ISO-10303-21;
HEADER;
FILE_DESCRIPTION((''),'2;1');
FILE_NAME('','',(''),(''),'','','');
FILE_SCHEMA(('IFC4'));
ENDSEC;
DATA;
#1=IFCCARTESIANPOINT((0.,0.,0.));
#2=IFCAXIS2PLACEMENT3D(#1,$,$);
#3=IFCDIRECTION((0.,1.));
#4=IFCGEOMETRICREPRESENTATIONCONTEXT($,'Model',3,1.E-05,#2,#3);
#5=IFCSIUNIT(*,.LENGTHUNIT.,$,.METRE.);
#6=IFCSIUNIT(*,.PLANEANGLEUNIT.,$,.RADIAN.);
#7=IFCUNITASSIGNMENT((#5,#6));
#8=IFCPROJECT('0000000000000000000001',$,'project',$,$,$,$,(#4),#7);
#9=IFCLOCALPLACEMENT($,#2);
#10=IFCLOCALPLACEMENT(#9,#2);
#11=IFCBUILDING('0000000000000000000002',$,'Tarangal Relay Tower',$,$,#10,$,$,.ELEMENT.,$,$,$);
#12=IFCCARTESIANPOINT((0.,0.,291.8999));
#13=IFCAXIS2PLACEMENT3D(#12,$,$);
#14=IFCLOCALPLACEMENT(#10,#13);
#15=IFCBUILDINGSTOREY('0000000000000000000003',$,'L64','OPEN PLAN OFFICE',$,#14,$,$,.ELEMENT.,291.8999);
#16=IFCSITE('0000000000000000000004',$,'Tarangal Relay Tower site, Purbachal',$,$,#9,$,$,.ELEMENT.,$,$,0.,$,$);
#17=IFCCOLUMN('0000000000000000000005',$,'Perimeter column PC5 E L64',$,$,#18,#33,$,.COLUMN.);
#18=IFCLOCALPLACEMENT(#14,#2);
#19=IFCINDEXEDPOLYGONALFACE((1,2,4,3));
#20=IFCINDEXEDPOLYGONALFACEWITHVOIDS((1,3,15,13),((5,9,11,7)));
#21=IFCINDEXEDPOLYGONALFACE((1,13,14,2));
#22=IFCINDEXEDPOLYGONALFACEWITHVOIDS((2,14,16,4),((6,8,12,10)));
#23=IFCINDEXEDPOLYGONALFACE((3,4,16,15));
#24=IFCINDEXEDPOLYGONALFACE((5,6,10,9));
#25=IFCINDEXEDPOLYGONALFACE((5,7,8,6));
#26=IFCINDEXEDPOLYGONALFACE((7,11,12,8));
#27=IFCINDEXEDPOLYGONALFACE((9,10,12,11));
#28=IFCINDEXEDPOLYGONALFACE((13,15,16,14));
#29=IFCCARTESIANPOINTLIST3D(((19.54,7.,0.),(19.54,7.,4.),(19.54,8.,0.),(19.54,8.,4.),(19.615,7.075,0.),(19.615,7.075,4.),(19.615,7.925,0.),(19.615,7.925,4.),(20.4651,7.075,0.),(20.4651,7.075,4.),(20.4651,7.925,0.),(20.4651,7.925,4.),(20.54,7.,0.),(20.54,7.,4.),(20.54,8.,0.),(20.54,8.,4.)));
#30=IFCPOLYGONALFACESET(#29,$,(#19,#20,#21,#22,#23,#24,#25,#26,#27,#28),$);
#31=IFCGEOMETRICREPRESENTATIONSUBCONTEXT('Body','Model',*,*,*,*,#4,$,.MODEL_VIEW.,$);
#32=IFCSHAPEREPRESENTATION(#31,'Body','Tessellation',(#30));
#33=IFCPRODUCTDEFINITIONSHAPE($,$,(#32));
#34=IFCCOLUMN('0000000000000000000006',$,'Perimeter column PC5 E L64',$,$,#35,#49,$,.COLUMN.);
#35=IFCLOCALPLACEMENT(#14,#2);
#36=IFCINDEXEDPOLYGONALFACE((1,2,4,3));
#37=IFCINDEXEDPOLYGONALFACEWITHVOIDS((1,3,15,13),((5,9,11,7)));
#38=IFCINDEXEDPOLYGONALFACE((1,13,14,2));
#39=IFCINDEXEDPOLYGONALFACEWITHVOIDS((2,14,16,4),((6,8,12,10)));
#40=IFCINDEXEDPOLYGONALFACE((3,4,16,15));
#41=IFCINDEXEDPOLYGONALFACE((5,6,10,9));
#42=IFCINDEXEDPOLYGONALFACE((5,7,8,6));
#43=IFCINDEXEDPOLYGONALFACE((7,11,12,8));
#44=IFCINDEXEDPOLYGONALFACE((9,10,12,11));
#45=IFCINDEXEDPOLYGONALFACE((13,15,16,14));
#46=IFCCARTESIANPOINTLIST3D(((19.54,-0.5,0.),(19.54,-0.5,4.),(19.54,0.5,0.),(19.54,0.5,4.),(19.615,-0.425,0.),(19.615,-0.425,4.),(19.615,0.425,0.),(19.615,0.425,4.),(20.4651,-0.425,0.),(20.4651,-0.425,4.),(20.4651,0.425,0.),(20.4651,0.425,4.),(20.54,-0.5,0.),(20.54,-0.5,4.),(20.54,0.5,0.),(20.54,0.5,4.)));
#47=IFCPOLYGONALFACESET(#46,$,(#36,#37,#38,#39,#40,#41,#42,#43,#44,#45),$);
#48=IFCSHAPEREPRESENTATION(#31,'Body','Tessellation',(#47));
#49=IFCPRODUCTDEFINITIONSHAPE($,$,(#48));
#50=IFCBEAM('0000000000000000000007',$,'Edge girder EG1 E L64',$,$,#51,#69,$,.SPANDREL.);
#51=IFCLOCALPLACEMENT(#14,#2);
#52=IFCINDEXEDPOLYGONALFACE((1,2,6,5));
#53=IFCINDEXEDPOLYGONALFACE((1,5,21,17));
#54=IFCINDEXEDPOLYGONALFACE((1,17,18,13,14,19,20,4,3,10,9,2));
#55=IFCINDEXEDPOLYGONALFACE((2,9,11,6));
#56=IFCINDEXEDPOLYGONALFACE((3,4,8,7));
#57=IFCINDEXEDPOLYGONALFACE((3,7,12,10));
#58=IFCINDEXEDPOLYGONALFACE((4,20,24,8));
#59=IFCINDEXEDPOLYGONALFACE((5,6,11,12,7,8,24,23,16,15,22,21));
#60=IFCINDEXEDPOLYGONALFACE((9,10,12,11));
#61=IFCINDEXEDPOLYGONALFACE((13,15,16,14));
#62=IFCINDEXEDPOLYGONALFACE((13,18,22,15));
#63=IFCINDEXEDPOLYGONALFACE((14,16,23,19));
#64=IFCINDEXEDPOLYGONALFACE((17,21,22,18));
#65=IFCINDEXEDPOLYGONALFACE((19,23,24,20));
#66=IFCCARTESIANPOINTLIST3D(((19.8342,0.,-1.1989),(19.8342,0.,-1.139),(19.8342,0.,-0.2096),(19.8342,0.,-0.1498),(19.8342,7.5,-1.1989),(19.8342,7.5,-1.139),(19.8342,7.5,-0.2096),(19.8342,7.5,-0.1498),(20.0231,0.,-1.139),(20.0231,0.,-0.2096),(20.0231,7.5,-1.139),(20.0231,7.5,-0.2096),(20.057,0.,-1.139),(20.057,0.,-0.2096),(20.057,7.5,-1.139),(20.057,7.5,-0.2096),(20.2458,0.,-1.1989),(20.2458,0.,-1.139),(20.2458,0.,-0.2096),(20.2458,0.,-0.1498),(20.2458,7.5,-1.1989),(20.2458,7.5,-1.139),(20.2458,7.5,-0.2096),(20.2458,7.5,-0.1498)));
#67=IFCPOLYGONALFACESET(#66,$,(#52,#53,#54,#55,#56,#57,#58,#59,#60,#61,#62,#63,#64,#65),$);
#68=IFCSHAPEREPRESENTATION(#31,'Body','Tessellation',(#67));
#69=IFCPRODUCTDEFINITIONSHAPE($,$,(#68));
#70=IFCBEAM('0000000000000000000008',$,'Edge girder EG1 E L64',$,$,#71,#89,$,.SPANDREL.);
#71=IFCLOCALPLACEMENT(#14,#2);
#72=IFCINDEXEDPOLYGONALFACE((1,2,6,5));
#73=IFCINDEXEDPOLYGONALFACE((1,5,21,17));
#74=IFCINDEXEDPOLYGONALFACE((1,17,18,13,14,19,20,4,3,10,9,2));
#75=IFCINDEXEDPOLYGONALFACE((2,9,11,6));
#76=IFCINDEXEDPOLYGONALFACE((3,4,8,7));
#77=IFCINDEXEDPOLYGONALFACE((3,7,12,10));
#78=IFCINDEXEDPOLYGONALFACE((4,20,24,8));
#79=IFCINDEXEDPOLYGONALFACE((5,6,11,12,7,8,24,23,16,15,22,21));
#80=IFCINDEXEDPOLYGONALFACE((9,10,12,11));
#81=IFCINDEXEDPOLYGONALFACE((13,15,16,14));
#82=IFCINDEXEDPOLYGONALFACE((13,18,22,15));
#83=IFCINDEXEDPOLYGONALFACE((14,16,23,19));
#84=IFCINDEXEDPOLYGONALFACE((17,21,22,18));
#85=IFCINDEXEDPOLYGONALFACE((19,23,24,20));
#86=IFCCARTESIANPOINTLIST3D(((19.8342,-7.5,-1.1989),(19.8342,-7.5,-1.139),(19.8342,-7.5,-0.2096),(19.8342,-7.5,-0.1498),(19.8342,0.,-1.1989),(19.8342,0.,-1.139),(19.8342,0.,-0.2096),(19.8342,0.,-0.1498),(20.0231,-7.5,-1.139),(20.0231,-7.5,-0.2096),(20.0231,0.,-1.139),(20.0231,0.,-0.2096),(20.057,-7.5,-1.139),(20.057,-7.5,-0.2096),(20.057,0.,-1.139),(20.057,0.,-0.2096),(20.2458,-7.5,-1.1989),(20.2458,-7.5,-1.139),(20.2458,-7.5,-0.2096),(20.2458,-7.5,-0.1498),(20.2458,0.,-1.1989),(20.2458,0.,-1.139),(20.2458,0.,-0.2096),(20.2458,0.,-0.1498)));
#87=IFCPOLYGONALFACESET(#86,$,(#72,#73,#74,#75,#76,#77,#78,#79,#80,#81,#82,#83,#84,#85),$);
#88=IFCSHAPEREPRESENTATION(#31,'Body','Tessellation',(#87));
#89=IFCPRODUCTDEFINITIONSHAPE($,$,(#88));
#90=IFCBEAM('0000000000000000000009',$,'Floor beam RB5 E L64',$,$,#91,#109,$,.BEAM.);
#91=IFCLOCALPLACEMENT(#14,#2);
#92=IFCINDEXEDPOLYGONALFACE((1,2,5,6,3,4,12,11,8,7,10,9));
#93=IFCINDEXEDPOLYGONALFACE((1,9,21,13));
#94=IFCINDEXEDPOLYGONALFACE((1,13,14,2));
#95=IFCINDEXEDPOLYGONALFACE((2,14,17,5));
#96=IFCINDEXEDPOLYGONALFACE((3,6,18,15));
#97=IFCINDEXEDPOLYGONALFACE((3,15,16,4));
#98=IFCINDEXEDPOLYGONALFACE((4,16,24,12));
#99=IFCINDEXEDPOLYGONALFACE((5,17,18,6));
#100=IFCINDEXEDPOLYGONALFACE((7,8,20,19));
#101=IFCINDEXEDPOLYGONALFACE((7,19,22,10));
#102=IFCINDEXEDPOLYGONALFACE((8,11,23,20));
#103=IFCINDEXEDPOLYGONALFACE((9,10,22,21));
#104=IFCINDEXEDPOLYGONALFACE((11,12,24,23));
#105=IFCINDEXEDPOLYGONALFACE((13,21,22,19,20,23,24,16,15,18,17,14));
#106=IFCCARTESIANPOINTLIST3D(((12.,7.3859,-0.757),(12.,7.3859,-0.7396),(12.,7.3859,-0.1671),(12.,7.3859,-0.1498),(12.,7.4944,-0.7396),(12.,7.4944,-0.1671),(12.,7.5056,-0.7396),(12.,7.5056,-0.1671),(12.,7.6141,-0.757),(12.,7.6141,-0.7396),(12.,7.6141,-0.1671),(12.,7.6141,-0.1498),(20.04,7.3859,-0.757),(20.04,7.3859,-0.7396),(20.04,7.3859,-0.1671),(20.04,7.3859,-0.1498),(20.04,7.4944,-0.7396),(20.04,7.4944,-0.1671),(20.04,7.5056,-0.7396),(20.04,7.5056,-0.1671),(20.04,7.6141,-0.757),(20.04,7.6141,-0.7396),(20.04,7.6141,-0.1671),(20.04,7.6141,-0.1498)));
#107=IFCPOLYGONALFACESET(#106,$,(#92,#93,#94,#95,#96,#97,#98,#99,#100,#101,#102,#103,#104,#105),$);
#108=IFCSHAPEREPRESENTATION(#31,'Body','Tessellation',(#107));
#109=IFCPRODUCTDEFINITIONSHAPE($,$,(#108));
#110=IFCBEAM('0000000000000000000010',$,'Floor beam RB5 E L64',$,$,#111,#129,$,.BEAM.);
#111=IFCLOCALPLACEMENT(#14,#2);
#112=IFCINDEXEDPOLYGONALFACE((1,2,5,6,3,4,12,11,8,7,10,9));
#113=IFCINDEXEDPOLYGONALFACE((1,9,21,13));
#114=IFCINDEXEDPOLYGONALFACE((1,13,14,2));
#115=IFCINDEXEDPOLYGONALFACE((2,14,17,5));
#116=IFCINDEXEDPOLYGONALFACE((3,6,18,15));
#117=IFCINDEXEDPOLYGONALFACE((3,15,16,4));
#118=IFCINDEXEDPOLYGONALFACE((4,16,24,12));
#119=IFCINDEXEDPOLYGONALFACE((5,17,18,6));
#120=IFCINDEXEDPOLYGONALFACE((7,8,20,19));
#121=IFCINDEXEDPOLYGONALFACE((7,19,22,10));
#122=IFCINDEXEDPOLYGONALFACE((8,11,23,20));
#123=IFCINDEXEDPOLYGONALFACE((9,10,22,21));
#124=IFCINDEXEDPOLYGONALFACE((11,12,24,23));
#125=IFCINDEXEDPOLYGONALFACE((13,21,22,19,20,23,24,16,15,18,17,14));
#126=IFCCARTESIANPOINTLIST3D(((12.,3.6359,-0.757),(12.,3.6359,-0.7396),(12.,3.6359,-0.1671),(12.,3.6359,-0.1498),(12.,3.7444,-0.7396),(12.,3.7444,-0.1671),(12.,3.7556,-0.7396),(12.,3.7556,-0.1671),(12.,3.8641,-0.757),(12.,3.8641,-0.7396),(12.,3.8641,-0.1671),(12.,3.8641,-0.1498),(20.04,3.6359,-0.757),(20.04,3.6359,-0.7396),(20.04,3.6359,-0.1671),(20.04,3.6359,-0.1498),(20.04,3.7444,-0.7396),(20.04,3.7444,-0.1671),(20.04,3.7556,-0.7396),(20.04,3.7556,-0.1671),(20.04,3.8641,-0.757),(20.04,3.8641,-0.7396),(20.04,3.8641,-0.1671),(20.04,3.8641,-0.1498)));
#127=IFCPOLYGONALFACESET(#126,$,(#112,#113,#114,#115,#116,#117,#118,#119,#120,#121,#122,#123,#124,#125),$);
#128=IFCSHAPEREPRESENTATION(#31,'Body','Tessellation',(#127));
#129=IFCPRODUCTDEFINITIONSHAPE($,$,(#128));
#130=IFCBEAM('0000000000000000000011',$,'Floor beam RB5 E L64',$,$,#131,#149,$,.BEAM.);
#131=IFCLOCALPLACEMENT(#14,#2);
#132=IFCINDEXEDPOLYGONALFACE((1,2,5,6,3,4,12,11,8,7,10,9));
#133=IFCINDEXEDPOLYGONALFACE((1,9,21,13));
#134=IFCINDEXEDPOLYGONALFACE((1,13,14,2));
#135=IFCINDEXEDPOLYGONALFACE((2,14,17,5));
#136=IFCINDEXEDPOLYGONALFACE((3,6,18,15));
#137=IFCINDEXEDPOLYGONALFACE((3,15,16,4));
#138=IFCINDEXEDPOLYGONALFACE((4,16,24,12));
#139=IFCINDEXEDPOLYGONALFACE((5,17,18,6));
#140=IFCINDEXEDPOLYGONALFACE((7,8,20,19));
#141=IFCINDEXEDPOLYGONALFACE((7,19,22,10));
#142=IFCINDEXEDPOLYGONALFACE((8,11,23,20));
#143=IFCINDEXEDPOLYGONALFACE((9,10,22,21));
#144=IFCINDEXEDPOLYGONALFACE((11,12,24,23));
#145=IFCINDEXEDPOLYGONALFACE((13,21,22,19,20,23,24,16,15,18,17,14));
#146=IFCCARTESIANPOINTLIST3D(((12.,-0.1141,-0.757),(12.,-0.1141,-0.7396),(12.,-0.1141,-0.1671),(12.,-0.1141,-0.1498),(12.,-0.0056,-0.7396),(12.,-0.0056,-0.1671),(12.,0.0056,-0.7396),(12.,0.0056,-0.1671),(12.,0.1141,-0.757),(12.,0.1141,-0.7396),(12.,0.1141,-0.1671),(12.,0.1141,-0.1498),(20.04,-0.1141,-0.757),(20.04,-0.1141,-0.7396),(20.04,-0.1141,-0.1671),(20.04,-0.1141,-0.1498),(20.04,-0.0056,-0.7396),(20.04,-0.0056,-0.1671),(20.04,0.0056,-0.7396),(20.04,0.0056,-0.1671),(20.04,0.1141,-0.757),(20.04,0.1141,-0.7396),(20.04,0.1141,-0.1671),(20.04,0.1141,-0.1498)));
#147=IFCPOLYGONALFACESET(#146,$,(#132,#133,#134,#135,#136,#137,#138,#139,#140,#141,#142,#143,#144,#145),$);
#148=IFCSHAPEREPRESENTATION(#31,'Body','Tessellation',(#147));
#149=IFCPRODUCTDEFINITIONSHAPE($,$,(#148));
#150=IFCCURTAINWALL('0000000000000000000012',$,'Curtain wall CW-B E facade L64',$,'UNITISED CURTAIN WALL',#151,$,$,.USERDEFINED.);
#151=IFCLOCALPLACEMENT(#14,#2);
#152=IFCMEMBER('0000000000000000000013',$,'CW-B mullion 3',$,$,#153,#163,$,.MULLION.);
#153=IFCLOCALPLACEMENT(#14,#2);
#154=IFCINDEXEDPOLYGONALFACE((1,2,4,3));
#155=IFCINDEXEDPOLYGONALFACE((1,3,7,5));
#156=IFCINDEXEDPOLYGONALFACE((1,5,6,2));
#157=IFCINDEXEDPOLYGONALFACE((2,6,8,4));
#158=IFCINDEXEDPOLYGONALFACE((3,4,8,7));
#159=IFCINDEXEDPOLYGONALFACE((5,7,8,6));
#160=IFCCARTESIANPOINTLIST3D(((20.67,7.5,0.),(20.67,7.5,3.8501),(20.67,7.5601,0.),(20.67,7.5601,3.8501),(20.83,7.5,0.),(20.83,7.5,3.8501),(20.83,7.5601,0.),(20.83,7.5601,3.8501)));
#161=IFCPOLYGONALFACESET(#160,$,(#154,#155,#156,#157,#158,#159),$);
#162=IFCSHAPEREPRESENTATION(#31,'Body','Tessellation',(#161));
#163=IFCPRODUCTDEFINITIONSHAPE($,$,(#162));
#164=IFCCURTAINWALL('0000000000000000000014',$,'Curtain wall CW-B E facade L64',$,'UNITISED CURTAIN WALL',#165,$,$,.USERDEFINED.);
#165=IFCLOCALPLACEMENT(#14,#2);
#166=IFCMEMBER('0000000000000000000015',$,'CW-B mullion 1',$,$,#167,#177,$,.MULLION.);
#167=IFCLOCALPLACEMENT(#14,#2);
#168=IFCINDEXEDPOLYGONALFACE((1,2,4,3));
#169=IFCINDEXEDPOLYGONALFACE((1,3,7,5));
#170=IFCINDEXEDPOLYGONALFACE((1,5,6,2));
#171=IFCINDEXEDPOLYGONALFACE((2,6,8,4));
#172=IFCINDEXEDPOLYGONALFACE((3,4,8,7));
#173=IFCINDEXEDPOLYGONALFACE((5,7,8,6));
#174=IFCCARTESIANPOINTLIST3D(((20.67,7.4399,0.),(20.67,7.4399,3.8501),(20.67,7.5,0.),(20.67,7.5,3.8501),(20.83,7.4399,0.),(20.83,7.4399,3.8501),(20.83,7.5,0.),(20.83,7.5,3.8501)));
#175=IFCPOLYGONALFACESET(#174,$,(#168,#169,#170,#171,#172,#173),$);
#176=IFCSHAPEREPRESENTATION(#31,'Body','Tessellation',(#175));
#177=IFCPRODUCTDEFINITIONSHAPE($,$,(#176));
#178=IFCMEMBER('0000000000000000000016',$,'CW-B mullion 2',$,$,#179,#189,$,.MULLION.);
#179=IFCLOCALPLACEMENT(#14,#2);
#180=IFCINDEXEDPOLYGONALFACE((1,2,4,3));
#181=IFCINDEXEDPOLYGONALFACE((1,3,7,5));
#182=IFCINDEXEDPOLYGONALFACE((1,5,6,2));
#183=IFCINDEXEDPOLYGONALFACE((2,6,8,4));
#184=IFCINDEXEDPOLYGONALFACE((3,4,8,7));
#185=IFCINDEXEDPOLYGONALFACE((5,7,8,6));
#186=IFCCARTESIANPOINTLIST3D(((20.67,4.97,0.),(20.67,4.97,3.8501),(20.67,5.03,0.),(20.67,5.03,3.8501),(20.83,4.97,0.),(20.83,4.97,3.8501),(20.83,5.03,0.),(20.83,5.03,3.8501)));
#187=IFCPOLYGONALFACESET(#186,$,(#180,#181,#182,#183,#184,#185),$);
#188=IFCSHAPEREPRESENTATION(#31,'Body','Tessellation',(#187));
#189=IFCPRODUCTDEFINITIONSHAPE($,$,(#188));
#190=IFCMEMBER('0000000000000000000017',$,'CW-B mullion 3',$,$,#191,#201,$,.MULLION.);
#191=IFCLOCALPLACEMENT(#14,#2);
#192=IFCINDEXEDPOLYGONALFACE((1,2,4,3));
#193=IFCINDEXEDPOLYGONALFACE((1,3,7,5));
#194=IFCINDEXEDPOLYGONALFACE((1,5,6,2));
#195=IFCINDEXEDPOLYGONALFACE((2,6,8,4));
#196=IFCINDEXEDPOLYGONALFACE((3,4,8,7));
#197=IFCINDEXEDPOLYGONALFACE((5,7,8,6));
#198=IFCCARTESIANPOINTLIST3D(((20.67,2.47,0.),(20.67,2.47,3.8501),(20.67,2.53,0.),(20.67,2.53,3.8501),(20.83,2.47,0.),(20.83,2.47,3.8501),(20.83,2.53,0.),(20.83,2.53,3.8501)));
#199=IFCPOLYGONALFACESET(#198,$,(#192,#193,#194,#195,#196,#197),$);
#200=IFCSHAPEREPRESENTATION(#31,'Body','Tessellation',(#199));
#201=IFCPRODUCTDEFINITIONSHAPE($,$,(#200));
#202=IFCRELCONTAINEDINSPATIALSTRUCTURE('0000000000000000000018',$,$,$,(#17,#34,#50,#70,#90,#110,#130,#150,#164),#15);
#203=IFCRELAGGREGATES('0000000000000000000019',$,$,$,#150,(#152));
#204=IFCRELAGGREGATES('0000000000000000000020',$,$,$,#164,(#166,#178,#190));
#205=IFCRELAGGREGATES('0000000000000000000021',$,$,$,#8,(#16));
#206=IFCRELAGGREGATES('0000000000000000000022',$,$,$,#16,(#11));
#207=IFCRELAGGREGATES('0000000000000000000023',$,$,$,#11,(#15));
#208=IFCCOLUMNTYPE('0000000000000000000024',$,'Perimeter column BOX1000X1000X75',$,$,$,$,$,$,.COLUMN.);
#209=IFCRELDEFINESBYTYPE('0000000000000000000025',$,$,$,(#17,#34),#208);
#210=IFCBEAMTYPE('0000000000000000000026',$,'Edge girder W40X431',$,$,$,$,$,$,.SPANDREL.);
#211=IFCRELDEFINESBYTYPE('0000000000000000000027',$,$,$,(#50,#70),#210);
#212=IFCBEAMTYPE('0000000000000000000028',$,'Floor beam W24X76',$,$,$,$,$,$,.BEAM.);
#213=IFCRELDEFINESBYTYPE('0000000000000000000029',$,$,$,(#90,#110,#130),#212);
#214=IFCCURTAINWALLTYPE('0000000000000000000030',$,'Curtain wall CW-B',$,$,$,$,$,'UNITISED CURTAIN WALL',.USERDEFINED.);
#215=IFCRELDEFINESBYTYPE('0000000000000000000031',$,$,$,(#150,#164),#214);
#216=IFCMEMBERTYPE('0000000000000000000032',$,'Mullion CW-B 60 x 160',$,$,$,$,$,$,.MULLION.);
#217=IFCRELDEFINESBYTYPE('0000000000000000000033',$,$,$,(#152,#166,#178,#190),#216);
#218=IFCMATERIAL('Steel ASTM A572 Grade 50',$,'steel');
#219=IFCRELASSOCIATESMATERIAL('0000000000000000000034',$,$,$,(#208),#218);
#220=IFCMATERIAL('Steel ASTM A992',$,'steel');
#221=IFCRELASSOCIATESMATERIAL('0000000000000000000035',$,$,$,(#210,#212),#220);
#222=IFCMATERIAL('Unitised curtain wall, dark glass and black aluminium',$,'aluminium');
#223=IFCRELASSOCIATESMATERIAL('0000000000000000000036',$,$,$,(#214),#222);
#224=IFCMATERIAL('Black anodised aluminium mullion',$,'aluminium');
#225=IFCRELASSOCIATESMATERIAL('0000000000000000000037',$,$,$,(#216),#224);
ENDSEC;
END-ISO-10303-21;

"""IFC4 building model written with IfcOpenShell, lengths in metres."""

from ifc_helpers import new_model, si_unit, direction, frame, origin, origin_2d, place, context, subcontext, project, spatial, rectangle, hollow_rectangle, i_section, extrude, material, material_profile, profile_set, type_object, element, aggregate, save


model = new_model("IFC4")

# Units and contexts
model_context = context("Model", 3, precision=1e-05, world=origin(), true_north=direction((0.0, 1.0)))
body_context = subcontext(model_context, "Body", "Model", "MODEL_VIEW")
ifc_project = project(units=[si_unit("LENGTHUNIT", "METRE"), si_unit("PLANEANGLEUNIT", "RADIAN")], contexts=[model_context])

# Site, building, storey
site_placement = place(None, origin())
site = spatial("IfcSite", under=ifc_project, at=site_placement, Name="Tarangal Relay Tower site, Purbachal", CompositionType="ELEMENT", RefElevation=0.0)
building_placement = place(site_placement, origin())
building = spatial("IfcBuilding", under=site, at=building_placement, Name="Tarangal Relay Tower", CompositionType="ELEMENT")
storey_placement = place(building_placement, frame((0.0, 0.0, 291.8999)))
storey = spatial("IfcBuildingStorey", under=building, at=storey_placement, Name="L64", Description="OPEN PLAN OFFICE", CompositionType="ELEMENT", Elevation=291.8999)

# Columns
ifc_material_1 = material(Name="Steel ASTM A572 Grade 50", Category="steel")
ifc_material_profile_1 = material_profile(ifc_material_1, hollow_rectangle(XDim=1.0, YDim=1.0, WallThickness=0.075, at=origin_2d()), Name="BOX1000X1000X75")
ifc_profile_set_1 = profile_set([ifc_material_profile_1], Name="Steel ASTM A572 Grade 50")
column_type = type_object("IfcColumnType", Name="Perimeter column BOX1000X1000X75", PredefinedType="COLUMN", material=ifc_profile_set_1)
for number, where, z_axis, x_axis, name in (
    (1, (20.04, 7.5, 0.0), (0.0, 0.0, 1.0), (1.0, 0.0, 0.0), "Perimeter column PC5 E L64"),
    (2, (20.04, 0.0, 0.0), (0.0, 0.0, 1.0), (1.0, 0.0, 0.0), "Perimeter column PC5 E L64"),
):
    element("IfcColumn", number, at=place(storey_placement, frame(where, z_axis=z_axis, x_axis=x_axis)), inside=storey, type_object=column_type, Name=name, PredefinedType="COLUMN", context=body_context, shape_type="SweptSolid", body=[
        extrude(hollow_rectangle(XDim=1.0, YDim=1.0, WallThickness=0.075, at=origin_2d()), origin(), (0.0, 0.0, 1.0), 4.0),
    ])

# Beams
ifc_material_2 = material(Name="Steel ASTM A992", Category="steel")
ifc_material_profile_2 = material_profile(ifc_material_2, i_section(OverallWidth=0.4116, OverallDepth=1.0491, WebThickness=0.0339, FlangeThickness=0.0598, at=origin_2d()), Name="W40X431")
ifc_profile_set_2 = profile_set([ifc_material_profile_2], Name="Steel ASTM A992")
beam_type_1 = type_object("IfcBeamType", Name="Edge girder W40X431", PredefinedType="SPANDREL", material=ifc_profile_set_2)
for number, where, z_axis, x_axis, name in (
    (3, (20.04, 7.5, -0.6743), (0.0, -1.0, 0.0), (1.0, 0.0, 0.0), "Edge girder EG1 E L64"),
    (4, (20.04, 0.0, -0.6743), (0.0, -1.0, 0.0), (1.0, 0.0, 0.0), "Edge girder EG1 E L64"),
):
    element("IfcBeam", number, at=place(storey_placement, frame(where, z_axis=z_axis, x_axis=x_axis)), inside=storey, type_object=beam_type_1, Name=name, PredefinedType="SPANDREL", context=body_context, shape_type="SweptSolid", body=[
        extrude(i_section(OverallWidth=0.4116, OverallDepth=1.0491, WebThickness=0.0339, FlangeThickness=0.0598, at=origin_2d()), origin(), (0.0, 0.0, 1.0), 7.5),
    ])
ifc_material_profile_3 = material_profile(ifc_material_2, i_section(OverallWidth=0.2283, OverallDepth=0.6072, WebThickness=0.0112, FlangeThickness=0.0173, at=origin_2d()), Name="W24X76")
ifc_profile_set_3 = profile_set([ifc_material_profile_3], Name="Steel ASTM A992")
beam_type_2 = type_object("IfcBeamType", Name="Floor beam W24X76", PredefinedType="BEAM", material=ifc_profile_set_3)
for number, where, z_axis, x_axis, name in (
    (5, (12.0, 7.5, -0.4534), (1.0, 0.0, 0.0), (0.0, 1.0, 0.0), "Floor beam RB5 E L64"),
    (6, (12.0, 3.75, -0.4534), (1.0, 0.0, 0.0), (0.0, 1.0, 0.0), "Floor beam RB5 E L64"),
    (7, (12.0, 0.0, -0.4534), (1.0, 0.0, 0.0), (0.0, 1.0, 0.0), "Floor beam RB5 E L64"),
):
    element("IfcBeam", number, at=place(storey_placement, frame(where, z_axis=z_axis, x_axis=x_axis)), inside=storey, type_object=beam_type_2, Name=name, PredefinedType="BEAM", context=body_context, shape_type="SweptSolid", body=[
        extrude(i_section(OverallWidth=0.2283, OverallDepth=0.6072, WebThickness=0.0112, FlangeThickness=0.0173, at=origin_2d()), origin(), (0.0, 0.0, 1.0), 8.04),
    ])

# Curtain wall, member
ifc_material_3 = material(Name="Unitised curtain wall, dark glass and black aluminium", Category="aluminium")
curtain_wall_type = type_object("IfcCurtainWallType", Name="Curtain wall CW-B", ElementType="UNITISED CURTAIN WALL", PredefinedType="USERDEFINED", material=ifc_material_3)
curtain_wall_1_placement = place(storey_placement, origin())
curtain_wall_1 = element("IfcCurtainWall", 8, at=curtain_wall_1_placement, inside=storey, type_object=curtain_wall_type, Name="Curtain wall CW-B E facade L64", ObjectType="UNITISED CURTAIN WALL", PredefinedType="USERDEFINED")
ifc_material_4 = material(Name="Black anodised aluminium mullion", Category="aluminium")
ifc_material_profile_4 = material_profile(ifc_material_4, rectangle(XDim=0.1599, YDim=0.0601, at=origin_2d()), Name="CW-BM 60X160")
ifc_profile_set_4 = profile_set([ifc_material_profile_4], Name="Black anodised aluminium mullion")
member_type_1 = type_object("IfcMemberType", Name="Mullion CW-B 60 x 160", PredefinedType="MULLION", material=ifc_profile_set_4)
member_1_placement = place(storey_placement, frame((20.75, 7.53, 0.0), z_axis=(0.0, 0.0, 1.0), x_axis=(1.0, 0.0, 0.0)))
member_1 = element("IfcMember", 9, at=member_1_placement, type_object=member_type_1, Name="CW-B mullion 3", PredefinedType="MULLION", context=body_context, shape_type="SweptSolid", body=[
    extrude(rectangle(XDim=0.1599, YDim=0.0601, at=origin_2d()), origin(), (0.0, 0.0, 1.0), 3.8501),
])

# Curtain wall, members
curtain_wall_2_placement = place(storey_placement, origin())
curtain_wall_2 = element("IfcCurtainWall", 10, at=curtain_wall_2_placement, inside=storey, type_object=curtain_wall_type, Name="Curtain wall CW-B E facade L64", ObjectType="UNITISED CURTAIN WALL", PredefinedType="USERDEFINED")
member_2_placement = place(storey_placement, frame((20.75, 7.47, 0.0), z_axis=(0.0, 0.0, 1.0), x_axis=(1.0, 0.0, 0.0)))
member_2 = element("IfcMember", 11, at=member_2_placement, type_object=member_type_1, Name="CW-B mullion 1", PredefinedType="MULLION", context=body_context, shape_type="SweptSolid", body=[
    extrude(rectangle(XDim=0.1599, YDim=0.0601, at=origin_2d()), origin(), (0.0, 0.0, 1.0), 3.8501),
])
member_3_placement = place(storey_placement, frame((20.75, 5.0, 0.0), z_axis=(0.0, 0.0, 1.0), x_axis=(1.0, 0.0, 0.0)))
member_3 = element("IfcMember", 12, at=member_3_placement, type_object=member_type_1, Name="CW-B mullion 2", PredefinedType="MULLION", context=body_context, shape_type="SweptSolid", body=[
    extrude(rectangle(XDim=0.1599, YDim=0.0601, at=origin_2d()), origin(), (0.0, 0.0, 1.0), 3.8501),
])
member_4_placement = place(storey_placement, frame((20.75, 2.5, 0.0), z_axis=(0.0, 0.0, 1.0), x_axis=(1.0, 0.0, 0.0)))
member_4 = element("IfcMember", 13, at=member_4_placement, type_object=member_type_1, Name="CW-B mullion 3", PredefinedType="MULLION", context=body_context, shape_type="SweptSolid", body=[
    extrude(rectangle(XDim=0.1599, YDim=0.0601, at=origin_2d()), origin(), (0.0, 0.0, 1.0), 3.8501),
])

aggregate(curtain_wall_1, [member_1])
aggregate(curtain_wall_2, [member_2, member_3, member_4])

save(model, "model.ifc")
